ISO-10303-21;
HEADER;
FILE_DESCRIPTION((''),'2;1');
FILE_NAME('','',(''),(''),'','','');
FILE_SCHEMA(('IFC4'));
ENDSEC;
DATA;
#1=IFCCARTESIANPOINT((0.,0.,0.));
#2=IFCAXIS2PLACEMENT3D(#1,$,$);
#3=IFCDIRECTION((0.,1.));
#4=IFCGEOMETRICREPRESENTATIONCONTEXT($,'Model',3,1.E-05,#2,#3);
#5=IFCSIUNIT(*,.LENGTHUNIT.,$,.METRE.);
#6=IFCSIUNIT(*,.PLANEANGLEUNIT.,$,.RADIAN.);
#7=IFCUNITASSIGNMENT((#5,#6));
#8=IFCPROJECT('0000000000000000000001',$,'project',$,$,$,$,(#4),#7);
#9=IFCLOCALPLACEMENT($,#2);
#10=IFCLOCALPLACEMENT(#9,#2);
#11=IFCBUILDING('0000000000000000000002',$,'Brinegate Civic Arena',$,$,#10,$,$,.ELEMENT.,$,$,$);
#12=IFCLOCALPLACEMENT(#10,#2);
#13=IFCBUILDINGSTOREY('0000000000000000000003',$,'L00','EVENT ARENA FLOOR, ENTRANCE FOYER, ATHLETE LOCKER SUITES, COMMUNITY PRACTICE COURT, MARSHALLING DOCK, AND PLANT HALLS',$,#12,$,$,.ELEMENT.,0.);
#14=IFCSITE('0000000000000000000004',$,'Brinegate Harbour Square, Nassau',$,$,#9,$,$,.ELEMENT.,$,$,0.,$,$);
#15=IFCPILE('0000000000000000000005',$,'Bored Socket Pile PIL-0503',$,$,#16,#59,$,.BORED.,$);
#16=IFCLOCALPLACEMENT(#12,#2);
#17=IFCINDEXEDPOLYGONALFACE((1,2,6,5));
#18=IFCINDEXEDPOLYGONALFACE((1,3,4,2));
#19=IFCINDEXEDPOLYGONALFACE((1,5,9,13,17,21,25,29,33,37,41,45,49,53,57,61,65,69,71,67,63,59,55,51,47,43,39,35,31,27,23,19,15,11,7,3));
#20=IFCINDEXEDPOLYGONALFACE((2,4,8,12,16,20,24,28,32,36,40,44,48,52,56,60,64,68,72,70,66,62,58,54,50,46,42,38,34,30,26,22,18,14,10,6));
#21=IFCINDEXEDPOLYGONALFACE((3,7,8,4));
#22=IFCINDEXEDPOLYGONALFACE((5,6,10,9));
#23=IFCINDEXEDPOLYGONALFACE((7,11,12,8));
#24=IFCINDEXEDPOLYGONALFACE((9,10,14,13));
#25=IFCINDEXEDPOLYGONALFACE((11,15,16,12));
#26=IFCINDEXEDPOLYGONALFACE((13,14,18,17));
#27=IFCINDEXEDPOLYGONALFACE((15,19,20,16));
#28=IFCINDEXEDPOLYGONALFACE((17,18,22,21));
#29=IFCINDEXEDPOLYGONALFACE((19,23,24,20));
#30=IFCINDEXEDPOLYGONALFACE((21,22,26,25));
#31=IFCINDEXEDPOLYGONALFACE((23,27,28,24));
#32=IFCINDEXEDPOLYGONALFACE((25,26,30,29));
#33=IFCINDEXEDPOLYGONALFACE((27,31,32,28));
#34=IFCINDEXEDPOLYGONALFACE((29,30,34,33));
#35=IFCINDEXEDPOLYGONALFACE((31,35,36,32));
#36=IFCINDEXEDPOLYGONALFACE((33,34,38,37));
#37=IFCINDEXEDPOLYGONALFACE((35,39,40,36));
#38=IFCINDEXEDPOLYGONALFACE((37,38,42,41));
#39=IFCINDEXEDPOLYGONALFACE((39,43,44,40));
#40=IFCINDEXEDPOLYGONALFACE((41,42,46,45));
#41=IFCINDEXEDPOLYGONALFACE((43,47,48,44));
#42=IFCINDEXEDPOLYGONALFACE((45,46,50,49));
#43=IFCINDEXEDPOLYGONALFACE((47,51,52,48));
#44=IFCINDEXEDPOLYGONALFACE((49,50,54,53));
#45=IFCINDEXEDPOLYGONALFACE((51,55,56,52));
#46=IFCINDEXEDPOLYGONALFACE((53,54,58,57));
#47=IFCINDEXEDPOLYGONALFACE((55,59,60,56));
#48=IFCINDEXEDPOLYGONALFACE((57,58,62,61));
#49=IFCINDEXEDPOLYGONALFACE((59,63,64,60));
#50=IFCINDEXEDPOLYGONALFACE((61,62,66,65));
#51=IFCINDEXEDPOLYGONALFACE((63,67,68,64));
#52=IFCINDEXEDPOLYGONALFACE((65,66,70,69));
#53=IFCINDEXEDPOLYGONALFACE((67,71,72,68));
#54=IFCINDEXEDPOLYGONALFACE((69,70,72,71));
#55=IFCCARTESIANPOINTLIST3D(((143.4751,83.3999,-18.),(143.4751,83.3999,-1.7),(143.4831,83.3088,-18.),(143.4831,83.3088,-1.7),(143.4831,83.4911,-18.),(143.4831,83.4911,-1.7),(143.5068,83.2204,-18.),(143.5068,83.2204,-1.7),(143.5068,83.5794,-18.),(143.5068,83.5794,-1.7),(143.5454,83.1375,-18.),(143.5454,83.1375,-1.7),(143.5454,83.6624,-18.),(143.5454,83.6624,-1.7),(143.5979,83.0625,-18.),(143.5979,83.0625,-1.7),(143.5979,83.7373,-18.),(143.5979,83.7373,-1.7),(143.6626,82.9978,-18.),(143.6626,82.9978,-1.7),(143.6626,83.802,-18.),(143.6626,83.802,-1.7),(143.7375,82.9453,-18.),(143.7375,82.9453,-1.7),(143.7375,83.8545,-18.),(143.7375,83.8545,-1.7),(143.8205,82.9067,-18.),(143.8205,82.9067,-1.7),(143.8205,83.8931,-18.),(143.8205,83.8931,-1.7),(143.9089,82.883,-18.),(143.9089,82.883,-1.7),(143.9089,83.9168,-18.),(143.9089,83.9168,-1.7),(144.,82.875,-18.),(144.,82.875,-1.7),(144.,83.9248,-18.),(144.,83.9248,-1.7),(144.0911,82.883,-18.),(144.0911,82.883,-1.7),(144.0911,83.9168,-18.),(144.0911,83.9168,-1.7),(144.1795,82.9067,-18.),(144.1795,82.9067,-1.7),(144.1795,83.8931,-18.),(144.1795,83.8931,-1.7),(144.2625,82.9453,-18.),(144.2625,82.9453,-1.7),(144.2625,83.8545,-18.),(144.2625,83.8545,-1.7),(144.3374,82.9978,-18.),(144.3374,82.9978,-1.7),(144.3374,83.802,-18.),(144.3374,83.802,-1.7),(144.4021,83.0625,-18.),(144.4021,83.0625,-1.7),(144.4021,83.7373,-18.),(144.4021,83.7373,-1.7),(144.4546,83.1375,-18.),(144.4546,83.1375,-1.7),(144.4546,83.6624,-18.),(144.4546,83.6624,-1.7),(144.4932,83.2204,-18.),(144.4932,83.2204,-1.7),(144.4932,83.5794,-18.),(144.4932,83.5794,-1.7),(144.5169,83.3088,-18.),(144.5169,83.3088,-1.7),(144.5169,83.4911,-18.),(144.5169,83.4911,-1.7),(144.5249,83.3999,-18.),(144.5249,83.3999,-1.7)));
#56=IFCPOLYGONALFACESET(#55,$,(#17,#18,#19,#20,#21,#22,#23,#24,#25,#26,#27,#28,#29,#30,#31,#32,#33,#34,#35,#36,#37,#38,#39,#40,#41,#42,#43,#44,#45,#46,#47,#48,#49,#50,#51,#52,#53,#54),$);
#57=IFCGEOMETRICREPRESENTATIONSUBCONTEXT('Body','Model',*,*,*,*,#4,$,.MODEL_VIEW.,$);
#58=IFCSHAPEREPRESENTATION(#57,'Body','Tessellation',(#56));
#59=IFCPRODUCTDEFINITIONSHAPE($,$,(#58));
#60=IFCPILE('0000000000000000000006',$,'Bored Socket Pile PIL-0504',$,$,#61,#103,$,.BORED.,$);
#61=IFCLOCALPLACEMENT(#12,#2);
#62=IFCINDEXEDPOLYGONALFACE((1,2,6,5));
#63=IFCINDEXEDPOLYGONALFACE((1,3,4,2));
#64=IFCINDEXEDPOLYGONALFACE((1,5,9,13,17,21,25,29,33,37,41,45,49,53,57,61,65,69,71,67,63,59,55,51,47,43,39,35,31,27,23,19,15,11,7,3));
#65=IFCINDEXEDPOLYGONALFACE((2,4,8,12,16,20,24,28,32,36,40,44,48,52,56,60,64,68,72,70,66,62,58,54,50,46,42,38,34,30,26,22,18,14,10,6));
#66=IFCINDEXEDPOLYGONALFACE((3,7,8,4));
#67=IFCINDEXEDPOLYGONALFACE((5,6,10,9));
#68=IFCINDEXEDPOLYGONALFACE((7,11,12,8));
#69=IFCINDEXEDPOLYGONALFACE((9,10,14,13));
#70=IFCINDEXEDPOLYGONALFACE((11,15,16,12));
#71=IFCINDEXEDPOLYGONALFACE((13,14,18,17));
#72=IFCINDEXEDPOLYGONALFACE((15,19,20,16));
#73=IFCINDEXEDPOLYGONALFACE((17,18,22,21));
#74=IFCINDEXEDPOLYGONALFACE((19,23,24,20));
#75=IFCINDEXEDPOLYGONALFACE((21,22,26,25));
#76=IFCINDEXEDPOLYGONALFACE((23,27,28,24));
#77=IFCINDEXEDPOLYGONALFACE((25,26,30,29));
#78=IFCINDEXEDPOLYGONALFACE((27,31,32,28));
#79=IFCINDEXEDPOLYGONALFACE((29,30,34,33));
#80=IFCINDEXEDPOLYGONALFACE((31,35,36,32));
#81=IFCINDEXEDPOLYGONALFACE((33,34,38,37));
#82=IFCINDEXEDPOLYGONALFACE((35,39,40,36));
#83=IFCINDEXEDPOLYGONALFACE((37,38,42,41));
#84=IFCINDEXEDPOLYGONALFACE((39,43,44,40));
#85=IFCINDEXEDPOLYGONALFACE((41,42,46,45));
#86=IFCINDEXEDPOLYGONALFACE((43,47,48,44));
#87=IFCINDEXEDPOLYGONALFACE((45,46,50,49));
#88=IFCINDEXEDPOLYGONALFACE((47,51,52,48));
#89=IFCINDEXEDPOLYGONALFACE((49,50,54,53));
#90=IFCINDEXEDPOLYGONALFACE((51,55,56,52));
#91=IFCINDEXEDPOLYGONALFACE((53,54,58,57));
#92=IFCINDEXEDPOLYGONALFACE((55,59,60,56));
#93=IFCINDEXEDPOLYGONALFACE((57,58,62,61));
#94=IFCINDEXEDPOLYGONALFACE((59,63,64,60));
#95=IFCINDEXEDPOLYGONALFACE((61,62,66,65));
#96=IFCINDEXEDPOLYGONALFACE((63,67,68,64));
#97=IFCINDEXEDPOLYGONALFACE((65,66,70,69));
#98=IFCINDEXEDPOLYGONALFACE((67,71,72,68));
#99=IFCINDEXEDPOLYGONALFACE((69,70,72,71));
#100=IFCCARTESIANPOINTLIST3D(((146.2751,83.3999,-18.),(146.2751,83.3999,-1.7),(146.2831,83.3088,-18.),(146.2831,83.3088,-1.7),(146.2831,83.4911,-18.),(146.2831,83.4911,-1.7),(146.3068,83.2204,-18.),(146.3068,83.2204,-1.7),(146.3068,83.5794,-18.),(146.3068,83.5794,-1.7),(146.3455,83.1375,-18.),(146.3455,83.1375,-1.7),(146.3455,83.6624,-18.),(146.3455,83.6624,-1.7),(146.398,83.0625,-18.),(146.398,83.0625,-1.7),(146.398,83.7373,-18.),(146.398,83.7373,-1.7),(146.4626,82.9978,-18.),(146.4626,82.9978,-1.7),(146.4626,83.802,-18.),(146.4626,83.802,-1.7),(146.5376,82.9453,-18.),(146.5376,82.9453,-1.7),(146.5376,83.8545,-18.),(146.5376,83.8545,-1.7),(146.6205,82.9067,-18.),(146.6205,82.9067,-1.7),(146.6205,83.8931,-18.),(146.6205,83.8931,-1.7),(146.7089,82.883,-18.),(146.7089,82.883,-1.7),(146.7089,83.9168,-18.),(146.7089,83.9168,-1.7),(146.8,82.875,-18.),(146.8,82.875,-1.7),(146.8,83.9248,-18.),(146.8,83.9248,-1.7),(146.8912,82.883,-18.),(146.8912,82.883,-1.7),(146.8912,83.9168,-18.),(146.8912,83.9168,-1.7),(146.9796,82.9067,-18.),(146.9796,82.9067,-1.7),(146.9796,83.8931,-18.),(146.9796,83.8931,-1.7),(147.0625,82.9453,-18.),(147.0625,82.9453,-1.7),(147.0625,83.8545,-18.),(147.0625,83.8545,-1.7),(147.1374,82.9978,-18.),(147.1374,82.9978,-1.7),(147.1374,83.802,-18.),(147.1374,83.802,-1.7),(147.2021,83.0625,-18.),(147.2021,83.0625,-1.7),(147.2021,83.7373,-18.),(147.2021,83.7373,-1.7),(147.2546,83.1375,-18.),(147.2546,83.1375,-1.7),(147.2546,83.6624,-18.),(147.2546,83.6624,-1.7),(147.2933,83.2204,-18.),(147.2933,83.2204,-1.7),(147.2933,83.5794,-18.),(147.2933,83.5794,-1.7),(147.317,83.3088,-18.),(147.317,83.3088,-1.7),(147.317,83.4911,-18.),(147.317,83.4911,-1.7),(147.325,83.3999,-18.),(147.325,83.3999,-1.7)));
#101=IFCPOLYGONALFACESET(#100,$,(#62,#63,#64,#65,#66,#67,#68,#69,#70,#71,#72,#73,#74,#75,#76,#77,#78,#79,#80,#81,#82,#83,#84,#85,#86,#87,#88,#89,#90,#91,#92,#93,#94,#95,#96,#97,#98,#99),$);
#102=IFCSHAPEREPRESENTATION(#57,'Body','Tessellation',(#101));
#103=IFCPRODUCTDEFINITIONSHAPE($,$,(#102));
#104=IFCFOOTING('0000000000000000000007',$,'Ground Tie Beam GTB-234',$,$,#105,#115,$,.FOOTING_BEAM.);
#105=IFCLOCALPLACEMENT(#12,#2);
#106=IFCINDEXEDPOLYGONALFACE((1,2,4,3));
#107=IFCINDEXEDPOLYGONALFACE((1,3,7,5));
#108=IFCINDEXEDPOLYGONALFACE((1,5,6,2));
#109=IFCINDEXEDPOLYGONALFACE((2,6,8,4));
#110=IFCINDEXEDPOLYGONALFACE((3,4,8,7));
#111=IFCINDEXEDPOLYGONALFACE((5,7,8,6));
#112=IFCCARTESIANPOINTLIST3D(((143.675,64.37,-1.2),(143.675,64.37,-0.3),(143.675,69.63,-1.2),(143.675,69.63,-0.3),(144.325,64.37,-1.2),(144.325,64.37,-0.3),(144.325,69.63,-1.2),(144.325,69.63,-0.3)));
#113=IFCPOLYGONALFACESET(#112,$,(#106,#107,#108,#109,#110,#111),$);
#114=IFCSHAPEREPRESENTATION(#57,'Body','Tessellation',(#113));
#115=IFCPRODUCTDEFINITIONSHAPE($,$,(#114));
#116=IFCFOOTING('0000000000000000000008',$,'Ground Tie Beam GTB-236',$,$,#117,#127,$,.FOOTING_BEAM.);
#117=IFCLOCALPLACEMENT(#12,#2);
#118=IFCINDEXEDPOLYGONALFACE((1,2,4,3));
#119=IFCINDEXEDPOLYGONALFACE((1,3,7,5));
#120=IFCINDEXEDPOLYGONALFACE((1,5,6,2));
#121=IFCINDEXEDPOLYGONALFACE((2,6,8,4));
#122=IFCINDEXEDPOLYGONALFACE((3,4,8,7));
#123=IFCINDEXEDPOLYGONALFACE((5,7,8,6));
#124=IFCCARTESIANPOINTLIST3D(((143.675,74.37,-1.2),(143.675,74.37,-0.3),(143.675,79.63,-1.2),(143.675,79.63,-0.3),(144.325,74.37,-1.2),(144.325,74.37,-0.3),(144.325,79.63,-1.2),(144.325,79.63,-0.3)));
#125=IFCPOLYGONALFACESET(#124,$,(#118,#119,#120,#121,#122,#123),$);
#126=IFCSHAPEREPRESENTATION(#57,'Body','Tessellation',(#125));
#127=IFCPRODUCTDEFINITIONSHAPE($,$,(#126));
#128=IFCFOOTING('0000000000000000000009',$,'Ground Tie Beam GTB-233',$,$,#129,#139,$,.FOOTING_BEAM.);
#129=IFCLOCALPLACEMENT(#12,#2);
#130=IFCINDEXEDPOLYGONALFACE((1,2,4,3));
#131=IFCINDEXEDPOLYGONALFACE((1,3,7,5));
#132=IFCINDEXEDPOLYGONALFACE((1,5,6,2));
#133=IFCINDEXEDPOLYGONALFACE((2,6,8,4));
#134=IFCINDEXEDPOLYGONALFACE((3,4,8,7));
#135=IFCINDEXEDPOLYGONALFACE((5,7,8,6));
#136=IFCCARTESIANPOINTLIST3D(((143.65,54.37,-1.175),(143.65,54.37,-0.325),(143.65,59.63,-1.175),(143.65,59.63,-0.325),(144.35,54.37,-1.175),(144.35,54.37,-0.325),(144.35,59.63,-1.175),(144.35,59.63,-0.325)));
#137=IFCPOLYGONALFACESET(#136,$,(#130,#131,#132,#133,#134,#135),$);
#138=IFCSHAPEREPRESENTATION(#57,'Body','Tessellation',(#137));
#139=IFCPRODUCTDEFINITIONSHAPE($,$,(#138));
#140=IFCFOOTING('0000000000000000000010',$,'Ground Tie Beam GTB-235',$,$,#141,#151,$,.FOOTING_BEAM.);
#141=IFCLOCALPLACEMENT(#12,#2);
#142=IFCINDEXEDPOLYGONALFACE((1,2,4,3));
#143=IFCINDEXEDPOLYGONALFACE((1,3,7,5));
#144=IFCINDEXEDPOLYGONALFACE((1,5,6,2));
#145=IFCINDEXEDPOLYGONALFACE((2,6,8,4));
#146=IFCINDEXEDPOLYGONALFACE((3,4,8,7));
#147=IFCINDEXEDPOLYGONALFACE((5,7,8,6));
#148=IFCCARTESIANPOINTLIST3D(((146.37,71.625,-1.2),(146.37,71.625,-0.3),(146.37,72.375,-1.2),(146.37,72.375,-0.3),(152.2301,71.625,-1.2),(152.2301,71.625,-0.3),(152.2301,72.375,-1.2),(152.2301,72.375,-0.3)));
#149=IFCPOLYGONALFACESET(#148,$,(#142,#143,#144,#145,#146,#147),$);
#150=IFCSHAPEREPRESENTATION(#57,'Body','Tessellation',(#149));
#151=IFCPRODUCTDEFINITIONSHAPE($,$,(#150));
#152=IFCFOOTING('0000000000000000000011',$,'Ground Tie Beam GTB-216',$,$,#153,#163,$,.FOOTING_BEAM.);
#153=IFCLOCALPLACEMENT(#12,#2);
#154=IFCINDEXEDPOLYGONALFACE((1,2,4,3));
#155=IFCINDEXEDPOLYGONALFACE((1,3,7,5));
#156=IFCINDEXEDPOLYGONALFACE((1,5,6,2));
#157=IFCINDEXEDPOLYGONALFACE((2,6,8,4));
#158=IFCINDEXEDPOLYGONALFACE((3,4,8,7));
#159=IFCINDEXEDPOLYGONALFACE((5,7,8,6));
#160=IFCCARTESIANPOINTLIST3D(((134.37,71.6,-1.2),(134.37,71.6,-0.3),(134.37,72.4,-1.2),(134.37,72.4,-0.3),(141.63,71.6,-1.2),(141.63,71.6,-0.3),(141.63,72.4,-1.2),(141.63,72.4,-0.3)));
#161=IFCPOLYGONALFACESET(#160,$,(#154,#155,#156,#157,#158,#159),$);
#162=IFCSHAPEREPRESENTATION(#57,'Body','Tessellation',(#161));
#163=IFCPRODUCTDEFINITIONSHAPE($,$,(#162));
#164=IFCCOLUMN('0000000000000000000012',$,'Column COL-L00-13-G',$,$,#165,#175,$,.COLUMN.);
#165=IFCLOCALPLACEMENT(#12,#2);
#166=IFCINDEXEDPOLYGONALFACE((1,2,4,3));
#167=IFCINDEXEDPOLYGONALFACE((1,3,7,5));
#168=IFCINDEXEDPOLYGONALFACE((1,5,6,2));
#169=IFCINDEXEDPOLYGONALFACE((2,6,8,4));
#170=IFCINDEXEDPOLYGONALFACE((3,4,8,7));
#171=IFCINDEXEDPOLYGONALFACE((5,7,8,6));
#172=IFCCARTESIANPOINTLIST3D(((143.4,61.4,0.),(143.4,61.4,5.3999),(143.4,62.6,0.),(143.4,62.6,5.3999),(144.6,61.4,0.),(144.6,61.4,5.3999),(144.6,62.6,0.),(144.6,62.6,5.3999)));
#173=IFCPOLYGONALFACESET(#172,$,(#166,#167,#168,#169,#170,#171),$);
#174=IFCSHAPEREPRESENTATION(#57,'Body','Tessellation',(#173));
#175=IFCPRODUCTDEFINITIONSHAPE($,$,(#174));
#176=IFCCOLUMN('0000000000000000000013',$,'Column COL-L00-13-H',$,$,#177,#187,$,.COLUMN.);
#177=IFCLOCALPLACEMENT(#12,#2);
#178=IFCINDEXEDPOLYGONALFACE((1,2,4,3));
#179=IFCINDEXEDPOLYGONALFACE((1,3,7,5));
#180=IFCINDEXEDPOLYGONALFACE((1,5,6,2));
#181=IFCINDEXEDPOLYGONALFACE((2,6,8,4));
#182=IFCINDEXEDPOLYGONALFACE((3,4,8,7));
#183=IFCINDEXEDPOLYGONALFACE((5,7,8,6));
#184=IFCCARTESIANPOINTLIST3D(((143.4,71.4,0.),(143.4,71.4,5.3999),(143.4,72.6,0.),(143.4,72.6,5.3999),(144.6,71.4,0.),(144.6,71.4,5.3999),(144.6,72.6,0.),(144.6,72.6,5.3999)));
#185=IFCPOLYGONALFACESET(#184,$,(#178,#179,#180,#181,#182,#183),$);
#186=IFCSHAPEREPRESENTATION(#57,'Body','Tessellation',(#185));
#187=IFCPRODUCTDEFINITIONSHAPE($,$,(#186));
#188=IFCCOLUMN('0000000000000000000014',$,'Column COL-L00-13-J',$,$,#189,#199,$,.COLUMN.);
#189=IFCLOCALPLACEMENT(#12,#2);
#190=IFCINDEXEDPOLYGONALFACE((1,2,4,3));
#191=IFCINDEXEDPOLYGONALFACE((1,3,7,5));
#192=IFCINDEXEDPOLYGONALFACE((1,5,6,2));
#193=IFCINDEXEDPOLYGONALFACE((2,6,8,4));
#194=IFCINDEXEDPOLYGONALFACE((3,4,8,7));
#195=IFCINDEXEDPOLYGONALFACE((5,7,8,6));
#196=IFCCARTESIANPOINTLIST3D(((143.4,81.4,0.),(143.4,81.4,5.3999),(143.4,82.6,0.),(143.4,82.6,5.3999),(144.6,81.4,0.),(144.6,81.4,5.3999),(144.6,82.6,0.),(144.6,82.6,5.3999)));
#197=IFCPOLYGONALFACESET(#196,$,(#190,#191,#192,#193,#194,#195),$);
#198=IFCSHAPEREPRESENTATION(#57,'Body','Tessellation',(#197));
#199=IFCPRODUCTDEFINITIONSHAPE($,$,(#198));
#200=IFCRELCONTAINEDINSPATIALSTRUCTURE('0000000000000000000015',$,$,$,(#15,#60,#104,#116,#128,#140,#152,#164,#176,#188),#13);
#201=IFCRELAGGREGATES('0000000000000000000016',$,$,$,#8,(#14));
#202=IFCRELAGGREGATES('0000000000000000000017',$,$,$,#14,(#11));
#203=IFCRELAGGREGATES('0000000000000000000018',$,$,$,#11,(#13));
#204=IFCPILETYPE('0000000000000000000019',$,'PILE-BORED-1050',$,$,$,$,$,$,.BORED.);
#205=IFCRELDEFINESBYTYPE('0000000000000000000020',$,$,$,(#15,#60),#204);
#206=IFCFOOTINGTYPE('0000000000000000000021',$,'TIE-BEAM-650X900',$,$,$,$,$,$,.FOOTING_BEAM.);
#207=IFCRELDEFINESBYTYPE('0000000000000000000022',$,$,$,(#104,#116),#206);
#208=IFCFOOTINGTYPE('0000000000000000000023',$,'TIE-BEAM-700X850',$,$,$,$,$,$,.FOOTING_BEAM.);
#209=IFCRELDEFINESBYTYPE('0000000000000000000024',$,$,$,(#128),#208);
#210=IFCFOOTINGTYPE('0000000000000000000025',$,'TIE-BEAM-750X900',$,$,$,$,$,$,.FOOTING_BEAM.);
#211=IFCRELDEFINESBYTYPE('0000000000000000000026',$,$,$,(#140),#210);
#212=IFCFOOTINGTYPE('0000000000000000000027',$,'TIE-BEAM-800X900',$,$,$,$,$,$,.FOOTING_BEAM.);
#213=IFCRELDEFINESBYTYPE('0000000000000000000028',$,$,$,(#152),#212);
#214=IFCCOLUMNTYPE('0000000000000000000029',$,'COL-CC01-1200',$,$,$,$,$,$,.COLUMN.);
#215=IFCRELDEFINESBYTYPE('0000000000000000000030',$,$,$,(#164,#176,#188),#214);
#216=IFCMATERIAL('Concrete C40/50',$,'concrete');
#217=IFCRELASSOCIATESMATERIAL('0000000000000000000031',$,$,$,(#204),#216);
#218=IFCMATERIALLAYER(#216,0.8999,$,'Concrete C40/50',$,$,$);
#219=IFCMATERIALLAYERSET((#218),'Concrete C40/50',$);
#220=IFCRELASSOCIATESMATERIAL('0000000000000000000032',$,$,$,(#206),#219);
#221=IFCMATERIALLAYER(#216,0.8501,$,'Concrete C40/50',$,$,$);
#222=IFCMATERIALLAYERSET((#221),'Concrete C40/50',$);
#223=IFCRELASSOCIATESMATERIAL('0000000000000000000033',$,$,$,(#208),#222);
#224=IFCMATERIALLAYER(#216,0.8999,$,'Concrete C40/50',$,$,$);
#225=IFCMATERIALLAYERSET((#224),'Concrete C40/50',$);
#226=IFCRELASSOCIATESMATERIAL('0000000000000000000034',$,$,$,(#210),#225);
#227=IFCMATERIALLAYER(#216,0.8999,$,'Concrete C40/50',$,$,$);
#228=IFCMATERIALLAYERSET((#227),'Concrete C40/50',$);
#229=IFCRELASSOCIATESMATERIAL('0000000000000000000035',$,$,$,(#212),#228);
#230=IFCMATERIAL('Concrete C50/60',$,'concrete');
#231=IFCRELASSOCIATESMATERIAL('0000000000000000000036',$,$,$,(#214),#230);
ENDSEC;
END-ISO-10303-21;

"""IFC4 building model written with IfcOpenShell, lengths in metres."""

from ifc_helpers import new_model, si_unit, direction, frame, origin, origin_2d, place, context, subcontext, project, spatial, rectangle, circle, extrude, material, layer, layer_set, material_profile, profile_set, type_object, element, save


model = new_model("IFC4")

# Units and contexts
model_context = context("Model", 3, precision=1e-05, world=origin(), true_north=direction((0.0, 1.0)))
body_context = subcontext(model_context, "Body", "Model", "MODEL_VIEW")
ifc_project = project(units=[si_unit("LENGTHUNIT", "METRE"), si_unit("PLANEANGLEUNIT", "RADIAN")], contexts=[model_context])

# Site, building, storey
site_placement = place(None, origin())
site = spatial("IfcSite", under=ifc_project, at=site_placement, Name="Brinegate Harbour Square, Nassau", CompositionType="ELEMENT", RefElevation=0.0)
building_placement = place(site_placement, origin())
building = spatial("IfcBuilding", under=site, at=building_placement, Name="Brinegate Civic Arena", CompositionType="ELEMENT")
storey_placement = place(building_placement, origin())
storey = spatial("IfcBuildingStorey", under=building, at=storey_placement, Name="L00", Description="EVENT ARENA FLOOR, ENTRANCE FOYER, ATHLETE LOCKER SUITES, COMMUNITY PRACTICE COURT, MARSHALLING DOCK, AND PLANT HALLS", CompositionType="ELEMENT", Elevation=0.0)

# Shared definitions
ifc_material_1 = material(Name="Concrete C40/50", Category="concrete")

# Piles
ifc_material_profile_1 = material_profile(ifc_material_1, circle(Radius=0.5249, at=origin_2d()), Name="PILED1050")
ifc_profile_set_1 = profile_set([ifc_material_profile_1], Name="Concrete C40/50")
pile_type = type_object("IfcPileType", Name="PILE-BORED-1050", PredefinedType="BORED", material=ifc_profile_set_1)
for number, where, z_axis, x_axis, name in (
    (1, (144.0, 83.3999, -1.7), (0.0, 0.0, -1.0), (1.0, 0.0, 0.0), "Bored Socket Pile PIL-0503"),
    (2, (146.8, 83.3999, -1.7), (0.0, 0.0, -1.0), (1.0, 0.0, 0.0), "Bored Socket Pile PIL-0504"),
):
    element("IfcPile", number, at=place(storey_placement, frame(where, z_axis=z_axis, x_axis=x_axis)), inside=storey, type_object=pile_type, Name=name, PredefinedType="BORED", context=body_context, shape_type="SweptSolid", body=[
        extrude(circle(Radius=0.5249, at=origin_2d()), origin(), (0.0, 0.0, 1.0), 16.3),
    ])

# Footings
ifc_layer_1 = layer(ifc_material_1, 0.8999, Name="Concrete C40/50")
ifc_layer_set_1 = layer_set([ifc_layer_1], Name="Concrete C40/50")
footing_type_1 = type_object("IfcFootingType", Name="TIE-BEAM-650X900", PredefinedType="FOOTING_BEAM", material=ifc_layer_set_1)
for number, where, z_axis, x_axis, name in (
    (3, (144.0, 67.0, -1.2), (0.0, 0.0, 1.0), (0.0, 1.0, 0.0), "Ground Tie Beam GTB-234"),
    (4, (144.0, 77.0, -1.2), (0.0, 0.0, 1.0), (0.0, 1.0, 0.0), "Ground Tie Beam GTB-236"),
):
    element("IfcFooting", number, at=place(storey_placement, frame(where, z_axis=z_axis, x_axis=x_axis)), inside=storey, type_object=footing_type_1, Name=name, PredefinedType="FOOTING_BEAM", context=body_context, shape_type="SweptSolid", body=[
        extrude(rectangle(XDim=5.26, YDim=0.6499, at=origin_2d()), origin(), (0.0, 0.0, 1.0), 0.8999),
    ])
ifc_layer_2 = layer(ifc_material_1, 0.8501, Name="Concrete C40/50")
ifc_layer_set_2 = layer_set([ifc_layer_2], Name="Concrete C40/50")
footing_type_2 = type_object("IfcFootingType", Name="TIE-BEAM-700X850", PredefinedType="FOOTING_BEAM", material=ifc_layer_set_2)
footing_1_placement = place(storey_placement, frame((144.0, 57.0, -1.175), z_axis=(0.0, 0.0, 1.0), x_axis=(0.0, 1.0, 0.0)))
element("IfcFooting", 5, at=footing_1_placement, inside=storey, type_object=footing_type_2, Name="Ground Tie Beam GTB-233", PredefinedType="FOOTING_BEAM", context=body_context, shape_type="SweptSolid", body=[
    extrude(rectangle(XDim=5.26, YDim=0.7, at=origin_2d()), origin(), (0.0, 0.0, 1.0), 0.8501),
])
ifc_layer_3 = layer(ifc_material_1, 0.8999, Name="Concrete C40/50")
ifc_layer_set_3 = layer_set([ifc_layer_3], Name="Concrete C40/50")
footing_type_3 = type_object("IfcFootingType", Name="TIE-BEAM-750X900", PredefinedType="FOOTING_BEAM", material=ifc_layer_set_3)
footing_2_placement = place(storey_placement, frame((149.3, 72.0, -1.2), z_axis=(0.0, 0.0, 1.0), x_axis=(1.0, 0.0, 0.0)))
element("IfcFooting", 6, at=footing_2_placement, inside=storey, type_object=footing_type_3, Name="Ground Tie Beam GTB-235", PredefinedType="FOOTING_BEAM", context=body_context, shape_type="SweptSolid", body=[
    extrude(rectangle(XDim=5.8601, YDim=0.75, at=origin_2d()), origin(), (0.0, 0.0, 1.0), 0.8999),
])
ifc_layer_4 = layer(ifc_material_1, 0.8999, Name="Concrete C40/50")
ifc_layer_set_4 = layer_set([ifc_layer_4], Name="Concrete C40/50")
footing_type_4 = type_object("IfcFootingType", Name="TIE-BEAM-800X900", PredefinedType="FOOTING_BEAM", material=ifc_layer_set_4)
footing_3_placement = place(storey_placement, frame((138.0, 72.0, -1.2), z_axis=(0.0, 0.0, 1.0), x_axis=(1.0, 0.0, 0.0)))
element("IfcFooting", 7, at=footing_3_placement, inside=storey, type_object=footing_type_4, Name="Ground Tie Beam GTB-216", PredefinedType="FOOTING_BEAM", context=body_context, shape_type="SweptSolid", body=[
    extrude(rectangle(XDim=7.26, YDim=0.8, at=origin_2d()), origin(), (0.0, 0.0, 1.0), 0.8999),
])

# Columns
ifc_material_2 = material(Name="Concrete C50/60", Category="concrete")
ifc_material_profile_2 = material_profile(ifc_material_2, rectangle(XDim=1.2, YDim=1.2, at=origin_2d()), Name="RC1200X1200")
ifc_profile_set_2 = profile_set([ifc_material_profile_2], Name="Concrete C50/60")
column_type_1 = type_object("IfcColumnType", Name="COL-CC01-1200", PredefinedType="COLUMN", material=ifc_profile_set_2)
for number, where, z_axis, x_axis, name in (
    (8, (144.0, 62.0, 0.0), (0.0, 0.0, 1.0), (1.0, 0.0, 0.0), "Column COL-L00-13-G"),
    (9, (144.0, 72.0, 0.0), (0.0, 0.0, 1.0), (1.0, 0.0, 0.0), "Column COL-L00-13-H"),
    (10, (144.0, 82.0, 0.0), (0.0, 0.0, 1.0), (1.0, 0.0, 0.0), "Column COL-L00-13-J"),
):
    element("IfcColumn", number, at=place(storey_placement, frame(where, z_axis=z_axis, x_axis=x_axis)), inside=storey, type_object=column_type_1, Name=name, PredefinedType="COLUMN", context=body_context, shape_type="SweptSolid", body=[
        extrude(rectangle(XDim=1.2, YDim=1.2, at=origin_2d()), origin(), (0.0, 0.0, 1.0), 5.3999),
    ])

save(model, "model.ifc")
